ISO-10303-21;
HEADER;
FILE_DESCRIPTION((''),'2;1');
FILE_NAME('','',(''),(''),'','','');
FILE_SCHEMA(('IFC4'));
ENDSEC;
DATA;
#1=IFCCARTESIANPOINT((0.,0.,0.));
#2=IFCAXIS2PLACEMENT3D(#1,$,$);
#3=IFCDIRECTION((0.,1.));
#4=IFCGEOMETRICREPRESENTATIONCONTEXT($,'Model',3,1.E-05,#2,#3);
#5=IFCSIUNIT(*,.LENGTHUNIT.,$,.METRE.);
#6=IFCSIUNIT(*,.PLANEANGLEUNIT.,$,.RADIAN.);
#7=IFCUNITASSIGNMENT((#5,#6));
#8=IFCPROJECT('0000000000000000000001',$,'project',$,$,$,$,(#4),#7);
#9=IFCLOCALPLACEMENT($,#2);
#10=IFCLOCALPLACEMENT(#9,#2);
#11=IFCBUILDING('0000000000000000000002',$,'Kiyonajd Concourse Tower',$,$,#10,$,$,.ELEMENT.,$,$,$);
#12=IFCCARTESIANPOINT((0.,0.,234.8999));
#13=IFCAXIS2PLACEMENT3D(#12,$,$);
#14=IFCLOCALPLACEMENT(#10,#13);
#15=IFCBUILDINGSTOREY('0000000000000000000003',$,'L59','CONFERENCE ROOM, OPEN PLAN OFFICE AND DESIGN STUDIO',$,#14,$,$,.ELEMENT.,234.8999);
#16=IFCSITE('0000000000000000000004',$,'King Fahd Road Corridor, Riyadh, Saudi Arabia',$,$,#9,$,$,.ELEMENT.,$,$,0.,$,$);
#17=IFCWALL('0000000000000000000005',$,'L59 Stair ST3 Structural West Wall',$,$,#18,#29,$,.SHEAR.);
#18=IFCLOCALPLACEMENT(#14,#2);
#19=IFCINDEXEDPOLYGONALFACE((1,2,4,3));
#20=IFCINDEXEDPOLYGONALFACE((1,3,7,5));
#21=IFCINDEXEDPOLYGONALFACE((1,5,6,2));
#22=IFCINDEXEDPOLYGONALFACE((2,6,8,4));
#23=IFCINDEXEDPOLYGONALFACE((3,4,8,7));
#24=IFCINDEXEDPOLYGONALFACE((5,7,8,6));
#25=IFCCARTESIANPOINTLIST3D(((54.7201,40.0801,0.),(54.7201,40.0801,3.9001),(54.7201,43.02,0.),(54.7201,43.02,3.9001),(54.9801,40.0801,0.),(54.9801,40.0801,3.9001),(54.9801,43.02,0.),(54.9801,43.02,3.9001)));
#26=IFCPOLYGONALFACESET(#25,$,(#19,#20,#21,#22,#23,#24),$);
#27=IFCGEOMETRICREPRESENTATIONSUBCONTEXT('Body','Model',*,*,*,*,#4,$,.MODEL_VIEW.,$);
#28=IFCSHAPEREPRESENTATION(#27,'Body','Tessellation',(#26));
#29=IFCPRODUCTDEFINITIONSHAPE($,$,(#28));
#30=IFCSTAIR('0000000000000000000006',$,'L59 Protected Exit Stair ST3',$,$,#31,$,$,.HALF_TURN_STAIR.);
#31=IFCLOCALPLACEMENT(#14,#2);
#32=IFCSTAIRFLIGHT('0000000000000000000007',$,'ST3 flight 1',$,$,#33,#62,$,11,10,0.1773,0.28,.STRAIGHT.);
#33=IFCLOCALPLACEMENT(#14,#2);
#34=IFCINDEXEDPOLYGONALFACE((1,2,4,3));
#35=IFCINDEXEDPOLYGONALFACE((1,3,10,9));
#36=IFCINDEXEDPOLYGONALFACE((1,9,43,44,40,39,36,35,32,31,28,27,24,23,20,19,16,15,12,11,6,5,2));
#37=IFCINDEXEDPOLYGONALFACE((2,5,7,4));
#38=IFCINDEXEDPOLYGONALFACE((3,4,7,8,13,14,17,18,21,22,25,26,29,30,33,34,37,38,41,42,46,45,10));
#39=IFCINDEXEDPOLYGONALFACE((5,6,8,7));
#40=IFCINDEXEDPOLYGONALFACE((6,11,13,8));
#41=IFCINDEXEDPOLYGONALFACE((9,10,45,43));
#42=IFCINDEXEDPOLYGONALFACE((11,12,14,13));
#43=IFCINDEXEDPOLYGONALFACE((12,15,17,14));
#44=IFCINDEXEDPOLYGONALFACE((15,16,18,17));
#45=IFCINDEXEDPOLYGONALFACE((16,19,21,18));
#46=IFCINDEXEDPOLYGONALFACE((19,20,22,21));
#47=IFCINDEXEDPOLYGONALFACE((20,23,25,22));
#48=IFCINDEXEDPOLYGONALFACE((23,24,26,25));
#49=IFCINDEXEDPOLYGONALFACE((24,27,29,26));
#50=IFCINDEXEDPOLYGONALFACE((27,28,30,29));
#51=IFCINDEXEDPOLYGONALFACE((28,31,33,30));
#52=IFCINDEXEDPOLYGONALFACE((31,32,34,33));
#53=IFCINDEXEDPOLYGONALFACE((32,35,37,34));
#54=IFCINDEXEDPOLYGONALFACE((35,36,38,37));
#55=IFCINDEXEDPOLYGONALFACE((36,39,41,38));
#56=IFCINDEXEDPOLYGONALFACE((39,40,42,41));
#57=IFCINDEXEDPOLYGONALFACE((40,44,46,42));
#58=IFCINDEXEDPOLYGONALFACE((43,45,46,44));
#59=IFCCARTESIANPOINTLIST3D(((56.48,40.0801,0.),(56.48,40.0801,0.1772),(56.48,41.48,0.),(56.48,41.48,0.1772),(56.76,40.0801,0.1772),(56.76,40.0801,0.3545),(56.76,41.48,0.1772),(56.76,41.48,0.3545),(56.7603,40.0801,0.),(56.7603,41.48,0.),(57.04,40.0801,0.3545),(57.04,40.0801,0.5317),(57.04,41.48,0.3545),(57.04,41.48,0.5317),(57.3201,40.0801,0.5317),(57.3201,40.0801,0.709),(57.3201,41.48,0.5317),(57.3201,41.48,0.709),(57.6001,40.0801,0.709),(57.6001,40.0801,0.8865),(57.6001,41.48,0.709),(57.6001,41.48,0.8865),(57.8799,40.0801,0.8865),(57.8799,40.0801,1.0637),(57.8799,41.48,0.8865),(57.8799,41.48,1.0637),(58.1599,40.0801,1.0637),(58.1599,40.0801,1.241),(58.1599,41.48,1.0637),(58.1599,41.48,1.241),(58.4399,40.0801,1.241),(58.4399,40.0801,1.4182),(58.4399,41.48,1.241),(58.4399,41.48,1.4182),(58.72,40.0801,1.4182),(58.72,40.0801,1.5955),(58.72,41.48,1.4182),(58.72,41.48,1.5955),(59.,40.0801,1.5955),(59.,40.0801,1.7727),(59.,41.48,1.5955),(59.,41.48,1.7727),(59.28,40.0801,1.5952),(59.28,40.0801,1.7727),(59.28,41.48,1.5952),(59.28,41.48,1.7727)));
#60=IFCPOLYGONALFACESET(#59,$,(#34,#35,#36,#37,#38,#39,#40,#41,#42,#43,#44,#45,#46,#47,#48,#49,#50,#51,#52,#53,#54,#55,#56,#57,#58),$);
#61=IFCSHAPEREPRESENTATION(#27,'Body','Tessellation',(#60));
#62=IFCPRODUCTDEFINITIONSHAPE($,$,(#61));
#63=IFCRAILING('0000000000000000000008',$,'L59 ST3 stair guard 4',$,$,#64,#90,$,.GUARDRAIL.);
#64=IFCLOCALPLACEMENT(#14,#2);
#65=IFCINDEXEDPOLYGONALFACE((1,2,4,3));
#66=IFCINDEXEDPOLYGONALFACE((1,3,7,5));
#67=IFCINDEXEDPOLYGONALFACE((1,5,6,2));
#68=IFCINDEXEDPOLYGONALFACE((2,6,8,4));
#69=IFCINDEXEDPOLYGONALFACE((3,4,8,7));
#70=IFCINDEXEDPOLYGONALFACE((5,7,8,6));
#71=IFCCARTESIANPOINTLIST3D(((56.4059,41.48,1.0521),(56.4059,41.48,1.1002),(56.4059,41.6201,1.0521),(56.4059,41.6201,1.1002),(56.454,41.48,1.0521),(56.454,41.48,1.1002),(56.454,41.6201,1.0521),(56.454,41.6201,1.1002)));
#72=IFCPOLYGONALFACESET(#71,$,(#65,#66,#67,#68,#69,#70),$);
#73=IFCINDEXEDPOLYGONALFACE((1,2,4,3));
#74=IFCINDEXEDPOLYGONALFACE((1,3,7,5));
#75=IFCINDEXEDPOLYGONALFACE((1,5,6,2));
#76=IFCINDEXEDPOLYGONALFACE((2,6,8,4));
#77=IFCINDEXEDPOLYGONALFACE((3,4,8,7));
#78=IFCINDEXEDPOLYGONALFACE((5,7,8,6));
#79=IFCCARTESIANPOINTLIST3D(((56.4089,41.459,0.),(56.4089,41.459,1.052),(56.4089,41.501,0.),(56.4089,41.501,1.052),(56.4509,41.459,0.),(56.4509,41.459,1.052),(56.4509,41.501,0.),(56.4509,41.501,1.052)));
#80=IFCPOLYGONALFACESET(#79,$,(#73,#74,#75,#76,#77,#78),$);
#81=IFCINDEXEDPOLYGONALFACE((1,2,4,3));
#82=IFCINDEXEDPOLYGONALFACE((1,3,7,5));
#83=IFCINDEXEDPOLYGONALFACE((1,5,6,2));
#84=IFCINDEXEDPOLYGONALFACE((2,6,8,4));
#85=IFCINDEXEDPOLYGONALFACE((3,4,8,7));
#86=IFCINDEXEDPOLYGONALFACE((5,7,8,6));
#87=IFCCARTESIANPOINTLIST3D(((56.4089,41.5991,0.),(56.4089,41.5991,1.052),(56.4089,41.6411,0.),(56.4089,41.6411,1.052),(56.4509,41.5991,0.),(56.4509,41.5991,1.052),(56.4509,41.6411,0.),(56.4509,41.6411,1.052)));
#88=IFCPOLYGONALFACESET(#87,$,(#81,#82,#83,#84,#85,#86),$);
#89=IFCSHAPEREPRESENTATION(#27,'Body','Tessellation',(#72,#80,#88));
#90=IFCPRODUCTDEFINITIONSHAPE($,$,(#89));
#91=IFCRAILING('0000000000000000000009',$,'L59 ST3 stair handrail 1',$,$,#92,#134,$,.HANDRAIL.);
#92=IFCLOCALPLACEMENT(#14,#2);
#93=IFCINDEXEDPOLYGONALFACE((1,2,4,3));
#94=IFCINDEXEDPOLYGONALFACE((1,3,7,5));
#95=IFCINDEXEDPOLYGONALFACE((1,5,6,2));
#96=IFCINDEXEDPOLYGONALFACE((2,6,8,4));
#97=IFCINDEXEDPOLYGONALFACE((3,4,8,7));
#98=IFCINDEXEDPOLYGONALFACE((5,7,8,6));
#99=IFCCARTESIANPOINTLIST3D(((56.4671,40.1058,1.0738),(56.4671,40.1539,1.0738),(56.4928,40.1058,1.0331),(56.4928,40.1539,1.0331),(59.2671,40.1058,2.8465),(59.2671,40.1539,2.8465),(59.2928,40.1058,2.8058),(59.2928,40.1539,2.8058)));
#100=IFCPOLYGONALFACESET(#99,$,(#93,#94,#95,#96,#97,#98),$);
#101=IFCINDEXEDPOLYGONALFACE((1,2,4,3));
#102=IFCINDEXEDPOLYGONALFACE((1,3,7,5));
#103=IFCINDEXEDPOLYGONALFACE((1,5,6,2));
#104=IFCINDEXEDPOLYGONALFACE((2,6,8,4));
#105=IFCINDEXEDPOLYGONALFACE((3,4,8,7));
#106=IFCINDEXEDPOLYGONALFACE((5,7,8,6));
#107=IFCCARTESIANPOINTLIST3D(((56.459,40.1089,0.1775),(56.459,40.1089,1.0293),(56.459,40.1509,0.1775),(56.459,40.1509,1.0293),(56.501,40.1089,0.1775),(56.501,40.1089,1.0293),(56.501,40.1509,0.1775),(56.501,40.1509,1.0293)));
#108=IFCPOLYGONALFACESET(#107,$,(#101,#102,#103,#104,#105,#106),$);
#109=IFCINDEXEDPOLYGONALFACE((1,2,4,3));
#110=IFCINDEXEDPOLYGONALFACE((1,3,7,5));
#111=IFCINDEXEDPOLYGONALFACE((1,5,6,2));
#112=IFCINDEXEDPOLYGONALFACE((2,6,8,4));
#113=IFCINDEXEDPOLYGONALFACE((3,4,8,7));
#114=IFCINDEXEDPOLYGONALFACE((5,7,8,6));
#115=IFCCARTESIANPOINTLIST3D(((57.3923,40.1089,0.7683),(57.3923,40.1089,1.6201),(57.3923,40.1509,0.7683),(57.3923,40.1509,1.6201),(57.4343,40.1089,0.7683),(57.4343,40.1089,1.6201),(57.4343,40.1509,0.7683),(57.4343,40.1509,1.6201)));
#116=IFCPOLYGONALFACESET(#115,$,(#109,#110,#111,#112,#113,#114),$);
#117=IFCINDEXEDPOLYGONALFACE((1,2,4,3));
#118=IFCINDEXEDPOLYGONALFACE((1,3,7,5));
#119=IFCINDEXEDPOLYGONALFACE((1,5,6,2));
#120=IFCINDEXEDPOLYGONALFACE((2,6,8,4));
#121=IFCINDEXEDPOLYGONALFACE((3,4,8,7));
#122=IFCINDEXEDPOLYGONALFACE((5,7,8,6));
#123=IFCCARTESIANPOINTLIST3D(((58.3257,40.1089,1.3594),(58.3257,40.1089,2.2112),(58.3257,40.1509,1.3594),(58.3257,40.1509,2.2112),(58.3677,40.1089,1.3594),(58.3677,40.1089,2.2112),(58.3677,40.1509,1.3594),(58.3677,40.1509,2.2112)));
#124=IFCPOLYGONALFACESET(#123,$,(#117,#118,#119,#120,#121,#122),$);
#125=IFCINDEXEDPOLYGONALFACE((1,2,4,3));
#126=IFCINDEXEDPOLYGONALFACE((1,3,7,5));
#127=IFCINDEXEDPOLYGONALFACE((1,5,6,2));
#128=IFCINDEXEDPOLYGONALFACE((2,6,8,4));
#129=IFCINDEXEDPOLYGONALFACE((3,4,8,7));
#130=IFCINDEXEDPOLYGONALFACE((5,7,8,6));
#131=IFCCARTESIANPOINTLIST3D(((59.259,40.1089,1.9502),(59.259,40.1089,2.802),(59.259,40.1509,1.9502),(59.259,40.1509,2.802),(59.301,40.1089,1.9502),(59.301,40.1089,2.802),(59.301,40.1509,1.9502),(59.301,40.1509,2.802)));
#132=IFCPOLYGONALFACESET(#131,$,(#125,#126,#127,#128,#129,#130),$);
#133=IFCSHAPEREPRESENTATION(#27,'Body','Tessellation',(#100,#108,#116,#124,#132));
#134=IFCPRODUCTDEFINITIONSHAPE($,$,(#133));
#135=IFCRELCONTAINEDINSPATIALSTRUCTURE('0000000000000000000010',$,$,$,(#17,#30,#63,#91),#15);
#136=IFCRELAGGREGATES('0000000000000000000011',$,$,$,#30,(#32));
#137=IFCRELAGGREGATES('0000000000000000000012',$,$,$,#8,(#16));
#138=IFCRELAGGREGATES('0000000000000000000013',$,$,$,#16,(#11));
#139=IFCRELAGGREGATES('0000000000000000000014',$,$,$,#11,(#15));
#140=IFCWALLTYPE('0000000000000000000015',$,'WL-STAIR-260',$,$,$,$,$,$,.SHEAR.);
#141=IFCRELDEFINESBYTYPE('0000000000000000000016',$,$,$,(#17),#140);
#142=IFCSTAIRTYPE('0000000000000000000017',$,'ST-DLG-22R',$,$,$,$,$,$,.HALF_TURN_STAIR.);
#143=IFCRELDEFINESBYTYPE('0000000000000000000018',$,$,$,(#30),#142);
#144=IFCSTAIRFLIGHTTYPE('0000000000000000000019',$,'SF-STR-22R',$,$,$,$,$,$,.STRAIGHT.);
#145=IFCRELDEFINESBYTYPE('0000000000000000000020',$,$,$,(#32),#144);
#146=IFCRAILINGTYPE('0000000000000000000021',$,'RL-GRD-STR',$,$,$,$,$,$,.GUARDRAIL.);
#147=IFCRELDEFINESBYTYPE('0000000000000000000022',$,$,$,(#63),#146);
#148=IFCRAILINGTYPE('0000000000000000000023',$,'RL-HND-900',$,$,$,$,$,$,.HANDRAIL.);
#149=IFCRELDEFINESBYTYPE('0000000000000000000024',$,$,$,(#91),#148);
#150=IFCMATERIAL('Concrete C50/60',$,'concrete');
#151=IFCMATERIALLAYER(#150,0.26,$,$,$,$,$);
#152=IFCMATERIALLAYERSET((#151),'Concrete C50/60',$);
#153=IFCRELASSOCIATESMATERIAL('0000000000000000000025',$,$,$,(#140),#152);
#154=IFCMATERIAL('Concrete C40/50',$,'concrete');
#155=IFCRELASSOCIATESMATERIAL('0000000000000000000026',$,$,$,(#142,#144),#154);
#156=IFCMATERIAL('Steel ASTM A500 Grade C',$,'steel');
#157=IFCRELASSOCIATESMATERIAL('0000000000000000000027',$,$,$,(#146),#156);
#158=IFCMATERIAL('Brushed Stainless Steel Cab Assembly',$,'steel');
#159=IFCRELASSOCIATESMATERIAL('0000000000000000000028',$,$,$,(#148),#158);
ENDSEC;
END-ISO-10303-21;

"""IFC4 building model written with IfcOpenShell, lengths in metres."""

from ifc_helpers import new_model, si_unit, direction, frame, frame_2d, origin, origin_2d, place, context, subcontext, project, spatial, polyline, rectangle, outline, extrude, material, layer, layer_set, type_object, element, aggregate, save


model = new_model("IFC4")

# Units and contexts
model_context = context("Model", 3, precision=1e-05, world=origin(), true_north=direction((0.0, 1.0)))
body_context = subcontext(model_context, "Body", "Model", "MODEL_VIEW")
ifc_project = project(units=[si_unit("LENGTHUNIT", "METRE"), si_unit("PLANEANGLEUNIT", "RADIAN")], contexts=[model_context])

# Site, building, storey
site_placement = place(None, origin())
site = spatial("IfcSite", under=ifc_project, at=site_placement, Name="King Fahd Road Corridor, Riyadh, Saudi Arabia", CompositionType="ELEMENT", RefElevation=0.0)
building_placement = place(site_placement, origin())
building = spatial("IfcBuilding", under=site, at=building_placement, Name="Kiyonajd Concourse Tower", CompositionType="ELEMENT")
storey_placement = place(building_placement, frame((0.0, 0.0, 234.8999)))
storey = spatial("IfcBuildingStorey", under=building, at=storey_placement, Name="L59", Description="CONFERENCE ROOM, OPEN PLAN OFFICE AND DESIGN STUDIO", CompositionType="ELEMENT", Elevation=234.8999)

# Shared definitions
ifc_material_1 = material(Name="Concrete C50/60", Category="concrete")

# Shared definitions
ifc_material_2 = material(Name="Brushed Stainless Steel Cab Assembly", Category="steel")

# Shared definitions
ifc_layer_1 = layer(ifc_material_1, 0.26)
ifc_layer_set_1 = layer_set([ifc_layer_1], Name="Concrete C50/60")
wall_type_1 = type_object("IfcWallType", Name="WL-STAIR-260", PredefinedType="SHEAR", material=ifc_layer_set_1)

# Wall
wall_1_placement = place(storey_placement, frame((54.8501, 40.0801, 0.0), z_axis=(0.0, 0.0, 1.0), x_axis=(0.0, 1.0, 0.0)))
element("IfcWall", 1, at=wall_1_placement, inside=storey, type_object=wall_type_1, Name="L59 Stair ST3 Structural West Wall", PredefinedType="SHEAR", context=body_context, shape_type="SweptSolid", body=[
    extrude(rectangle(XDim=2.9399, YDim=0.26, at=frame_2d((1.47, 0.0))), origin(), (0.0, 0.0, 1.0), 3.9001),
])

# Stair, stair flight
ifc_material_3 = material(Name="Concrete C40/50", Category="concrete")
stair_type = type_object("IfcStairType", Name="ST-DLG-22R", PredefinedType="HALF_TURN_STAIR", material=ifc_material_3)
stair_placement = place(storey_placement, origin())
stair = element("IfcStair", 2, at=stair_placement, inside=storey, type_object=stair_type, Name="L59 Protected Exit Stair ST3", PredefinedType="HALF_TURN_STAIR")
stair_flight_type = type_object("IfcStairFlightType", Name="SF-STR-22R", PredefinedType="STRAIGHT", material=ifc_material_3)
stair_flight_placement = place(storey_placement, frame((56.48, 40.78, 0.0), z_axis=(0.0, 0.0, 1.0), x_axis=(1.0, 0.0, 0.0)))
stair_flight = element("IfcStairFlight", 3, at=stair_flight_placement, type_object=stair_flight_type, Name="ST3 flight 1", NumberOfRisers=11, NumberOfTreads=10, PredefinedType="STRAIGHT", RiserHeight=0.1773, TreadLength=0.28, context=body_context, shape_type="SweptSolid", body=[
    extrude(outline(polyline([(0.0, 0.0), (0.0, 0.1772), (0.28, 0.1772), (0.28, 0.3545), (0.5601, 0.3545), (0.5601, 0.5317), (0.8401, 0.5317), (0.8401, 0.709), (1.1201, 0.709), (1.1201, 0.8865), (1.3999, 0.8865), (1.3999, 1.0637), (1.6799, 1.0637), (1.6799, 1.241), (1.96, 1.241), (1.96, 1.4182), (2.24, 1.4182), (2.24, 1.5955), (2.52, 1.5955), (2.52, 1.7727), (2.8, 1.7727), (2.8, 1.95), (2.8, 1.5952), (0.2803, 0.0), (0.0, 0.0)])), frame((0.0, 0.7, 0.0), z_axis=(0.0, -1.0, 0.0), x_axis=(1.0, 0.0, 0.0)), (0.0, 0.0, 1.0), 1.3999),
])
aggregate(stair, [stair_flight])

# Railings
ifc_material_4 = material(Name="Steel ASTM A500 Grade C", Category="steel")
railing_type_1 = type_object("IfcRailingType", Name="RL-GRD-STR", PredefinedType="GUARDRAIL", material=ifc_material_4)
railing_1_placement = place(storey_placement, frame((56.4299, 41.48, 0.0)))
element("IfcRailing", 4, at=railing_1_placement, inside=storey, type_object=railing_type_1, Name="L59 ST3 stair guard 4", PredefinedType="GUARDRAIL", context=body_context, shape_type="SweptSolid", body=[
    extrude(rectangle(XDim=0.0481, YDim=0.0481, at=origin_2d()), frame((0.0, 0.0, 1.0762), z_axis=(0.0, 1.0, 0.0), x_axis=(-1.0, 0.0, 0.0)), (0.0, 0.0, 1.0), 0.1401),
    extrude(rectangle(XDim=0.042, YDim=0.042, at=origin_2d()), origin(), (0.0, 0.0, 1.0), 1.052),
    extrude(rectangle(XDim=0.042, YDim=0.042, at=origin_2d()), frame((0.0, 0.1401, 0.0)), (0.0, 0.0, 1.0), 1.052),
])
railing_type_2 = type_object("IfcRailingType", Name="RL-HND-900", PredefinedType="HANDRAIL", material=ifc_material_2)
railing_2_placement = place(storey_placement, frame((56.48, 40.1299, 0.1775)))
element("IfcRailing", 5, at=railing_2_placement, inside=storey, type_object=railing_type_2, Name="L59 ST3 stair handrail 1", PredefinedType="HANDRAIL", context=body_context, shape_type="SweptSolid", body=[
    extrude(rectangle(XDim=0.0481, YDim=0.0481, at=origin_2d()), frame((0.0, 0.0, 0.876), z_axis=(0.844909, 0.0, 0.53491), x_axis=(0.0, 1.0, 0.0)), (0.0, 0.0, 1.0), 3.314),
    extrude(rectangle(XDim=0.042, YDim=0.042, at=origin_2d()), origin(), (0.0, 0.0, 1.0), 0.8518),
    extrude(rectangle(XDim=0.042, YDim=0.042, at=origin_2d()), frame((0.9333, 0.0, 0.5908)), (0.0, 0.0, 1.0), 0.8518),
    extrude(rectangle(XDim=0.042, YDim=0.042, at=origin_2d()), frame((1.8667, 0.0, 1.1819)), (0.0, 0.0, 1.0), 0.8518),
    extrude(rectangle(XDim=0.042, YDim=0.042, at=origin_2d()), frame((2.8, 0.0, 1.7727)), (0.0, 0.0, 1.0), 0.8518),
])

save(model, "model.ifc")
